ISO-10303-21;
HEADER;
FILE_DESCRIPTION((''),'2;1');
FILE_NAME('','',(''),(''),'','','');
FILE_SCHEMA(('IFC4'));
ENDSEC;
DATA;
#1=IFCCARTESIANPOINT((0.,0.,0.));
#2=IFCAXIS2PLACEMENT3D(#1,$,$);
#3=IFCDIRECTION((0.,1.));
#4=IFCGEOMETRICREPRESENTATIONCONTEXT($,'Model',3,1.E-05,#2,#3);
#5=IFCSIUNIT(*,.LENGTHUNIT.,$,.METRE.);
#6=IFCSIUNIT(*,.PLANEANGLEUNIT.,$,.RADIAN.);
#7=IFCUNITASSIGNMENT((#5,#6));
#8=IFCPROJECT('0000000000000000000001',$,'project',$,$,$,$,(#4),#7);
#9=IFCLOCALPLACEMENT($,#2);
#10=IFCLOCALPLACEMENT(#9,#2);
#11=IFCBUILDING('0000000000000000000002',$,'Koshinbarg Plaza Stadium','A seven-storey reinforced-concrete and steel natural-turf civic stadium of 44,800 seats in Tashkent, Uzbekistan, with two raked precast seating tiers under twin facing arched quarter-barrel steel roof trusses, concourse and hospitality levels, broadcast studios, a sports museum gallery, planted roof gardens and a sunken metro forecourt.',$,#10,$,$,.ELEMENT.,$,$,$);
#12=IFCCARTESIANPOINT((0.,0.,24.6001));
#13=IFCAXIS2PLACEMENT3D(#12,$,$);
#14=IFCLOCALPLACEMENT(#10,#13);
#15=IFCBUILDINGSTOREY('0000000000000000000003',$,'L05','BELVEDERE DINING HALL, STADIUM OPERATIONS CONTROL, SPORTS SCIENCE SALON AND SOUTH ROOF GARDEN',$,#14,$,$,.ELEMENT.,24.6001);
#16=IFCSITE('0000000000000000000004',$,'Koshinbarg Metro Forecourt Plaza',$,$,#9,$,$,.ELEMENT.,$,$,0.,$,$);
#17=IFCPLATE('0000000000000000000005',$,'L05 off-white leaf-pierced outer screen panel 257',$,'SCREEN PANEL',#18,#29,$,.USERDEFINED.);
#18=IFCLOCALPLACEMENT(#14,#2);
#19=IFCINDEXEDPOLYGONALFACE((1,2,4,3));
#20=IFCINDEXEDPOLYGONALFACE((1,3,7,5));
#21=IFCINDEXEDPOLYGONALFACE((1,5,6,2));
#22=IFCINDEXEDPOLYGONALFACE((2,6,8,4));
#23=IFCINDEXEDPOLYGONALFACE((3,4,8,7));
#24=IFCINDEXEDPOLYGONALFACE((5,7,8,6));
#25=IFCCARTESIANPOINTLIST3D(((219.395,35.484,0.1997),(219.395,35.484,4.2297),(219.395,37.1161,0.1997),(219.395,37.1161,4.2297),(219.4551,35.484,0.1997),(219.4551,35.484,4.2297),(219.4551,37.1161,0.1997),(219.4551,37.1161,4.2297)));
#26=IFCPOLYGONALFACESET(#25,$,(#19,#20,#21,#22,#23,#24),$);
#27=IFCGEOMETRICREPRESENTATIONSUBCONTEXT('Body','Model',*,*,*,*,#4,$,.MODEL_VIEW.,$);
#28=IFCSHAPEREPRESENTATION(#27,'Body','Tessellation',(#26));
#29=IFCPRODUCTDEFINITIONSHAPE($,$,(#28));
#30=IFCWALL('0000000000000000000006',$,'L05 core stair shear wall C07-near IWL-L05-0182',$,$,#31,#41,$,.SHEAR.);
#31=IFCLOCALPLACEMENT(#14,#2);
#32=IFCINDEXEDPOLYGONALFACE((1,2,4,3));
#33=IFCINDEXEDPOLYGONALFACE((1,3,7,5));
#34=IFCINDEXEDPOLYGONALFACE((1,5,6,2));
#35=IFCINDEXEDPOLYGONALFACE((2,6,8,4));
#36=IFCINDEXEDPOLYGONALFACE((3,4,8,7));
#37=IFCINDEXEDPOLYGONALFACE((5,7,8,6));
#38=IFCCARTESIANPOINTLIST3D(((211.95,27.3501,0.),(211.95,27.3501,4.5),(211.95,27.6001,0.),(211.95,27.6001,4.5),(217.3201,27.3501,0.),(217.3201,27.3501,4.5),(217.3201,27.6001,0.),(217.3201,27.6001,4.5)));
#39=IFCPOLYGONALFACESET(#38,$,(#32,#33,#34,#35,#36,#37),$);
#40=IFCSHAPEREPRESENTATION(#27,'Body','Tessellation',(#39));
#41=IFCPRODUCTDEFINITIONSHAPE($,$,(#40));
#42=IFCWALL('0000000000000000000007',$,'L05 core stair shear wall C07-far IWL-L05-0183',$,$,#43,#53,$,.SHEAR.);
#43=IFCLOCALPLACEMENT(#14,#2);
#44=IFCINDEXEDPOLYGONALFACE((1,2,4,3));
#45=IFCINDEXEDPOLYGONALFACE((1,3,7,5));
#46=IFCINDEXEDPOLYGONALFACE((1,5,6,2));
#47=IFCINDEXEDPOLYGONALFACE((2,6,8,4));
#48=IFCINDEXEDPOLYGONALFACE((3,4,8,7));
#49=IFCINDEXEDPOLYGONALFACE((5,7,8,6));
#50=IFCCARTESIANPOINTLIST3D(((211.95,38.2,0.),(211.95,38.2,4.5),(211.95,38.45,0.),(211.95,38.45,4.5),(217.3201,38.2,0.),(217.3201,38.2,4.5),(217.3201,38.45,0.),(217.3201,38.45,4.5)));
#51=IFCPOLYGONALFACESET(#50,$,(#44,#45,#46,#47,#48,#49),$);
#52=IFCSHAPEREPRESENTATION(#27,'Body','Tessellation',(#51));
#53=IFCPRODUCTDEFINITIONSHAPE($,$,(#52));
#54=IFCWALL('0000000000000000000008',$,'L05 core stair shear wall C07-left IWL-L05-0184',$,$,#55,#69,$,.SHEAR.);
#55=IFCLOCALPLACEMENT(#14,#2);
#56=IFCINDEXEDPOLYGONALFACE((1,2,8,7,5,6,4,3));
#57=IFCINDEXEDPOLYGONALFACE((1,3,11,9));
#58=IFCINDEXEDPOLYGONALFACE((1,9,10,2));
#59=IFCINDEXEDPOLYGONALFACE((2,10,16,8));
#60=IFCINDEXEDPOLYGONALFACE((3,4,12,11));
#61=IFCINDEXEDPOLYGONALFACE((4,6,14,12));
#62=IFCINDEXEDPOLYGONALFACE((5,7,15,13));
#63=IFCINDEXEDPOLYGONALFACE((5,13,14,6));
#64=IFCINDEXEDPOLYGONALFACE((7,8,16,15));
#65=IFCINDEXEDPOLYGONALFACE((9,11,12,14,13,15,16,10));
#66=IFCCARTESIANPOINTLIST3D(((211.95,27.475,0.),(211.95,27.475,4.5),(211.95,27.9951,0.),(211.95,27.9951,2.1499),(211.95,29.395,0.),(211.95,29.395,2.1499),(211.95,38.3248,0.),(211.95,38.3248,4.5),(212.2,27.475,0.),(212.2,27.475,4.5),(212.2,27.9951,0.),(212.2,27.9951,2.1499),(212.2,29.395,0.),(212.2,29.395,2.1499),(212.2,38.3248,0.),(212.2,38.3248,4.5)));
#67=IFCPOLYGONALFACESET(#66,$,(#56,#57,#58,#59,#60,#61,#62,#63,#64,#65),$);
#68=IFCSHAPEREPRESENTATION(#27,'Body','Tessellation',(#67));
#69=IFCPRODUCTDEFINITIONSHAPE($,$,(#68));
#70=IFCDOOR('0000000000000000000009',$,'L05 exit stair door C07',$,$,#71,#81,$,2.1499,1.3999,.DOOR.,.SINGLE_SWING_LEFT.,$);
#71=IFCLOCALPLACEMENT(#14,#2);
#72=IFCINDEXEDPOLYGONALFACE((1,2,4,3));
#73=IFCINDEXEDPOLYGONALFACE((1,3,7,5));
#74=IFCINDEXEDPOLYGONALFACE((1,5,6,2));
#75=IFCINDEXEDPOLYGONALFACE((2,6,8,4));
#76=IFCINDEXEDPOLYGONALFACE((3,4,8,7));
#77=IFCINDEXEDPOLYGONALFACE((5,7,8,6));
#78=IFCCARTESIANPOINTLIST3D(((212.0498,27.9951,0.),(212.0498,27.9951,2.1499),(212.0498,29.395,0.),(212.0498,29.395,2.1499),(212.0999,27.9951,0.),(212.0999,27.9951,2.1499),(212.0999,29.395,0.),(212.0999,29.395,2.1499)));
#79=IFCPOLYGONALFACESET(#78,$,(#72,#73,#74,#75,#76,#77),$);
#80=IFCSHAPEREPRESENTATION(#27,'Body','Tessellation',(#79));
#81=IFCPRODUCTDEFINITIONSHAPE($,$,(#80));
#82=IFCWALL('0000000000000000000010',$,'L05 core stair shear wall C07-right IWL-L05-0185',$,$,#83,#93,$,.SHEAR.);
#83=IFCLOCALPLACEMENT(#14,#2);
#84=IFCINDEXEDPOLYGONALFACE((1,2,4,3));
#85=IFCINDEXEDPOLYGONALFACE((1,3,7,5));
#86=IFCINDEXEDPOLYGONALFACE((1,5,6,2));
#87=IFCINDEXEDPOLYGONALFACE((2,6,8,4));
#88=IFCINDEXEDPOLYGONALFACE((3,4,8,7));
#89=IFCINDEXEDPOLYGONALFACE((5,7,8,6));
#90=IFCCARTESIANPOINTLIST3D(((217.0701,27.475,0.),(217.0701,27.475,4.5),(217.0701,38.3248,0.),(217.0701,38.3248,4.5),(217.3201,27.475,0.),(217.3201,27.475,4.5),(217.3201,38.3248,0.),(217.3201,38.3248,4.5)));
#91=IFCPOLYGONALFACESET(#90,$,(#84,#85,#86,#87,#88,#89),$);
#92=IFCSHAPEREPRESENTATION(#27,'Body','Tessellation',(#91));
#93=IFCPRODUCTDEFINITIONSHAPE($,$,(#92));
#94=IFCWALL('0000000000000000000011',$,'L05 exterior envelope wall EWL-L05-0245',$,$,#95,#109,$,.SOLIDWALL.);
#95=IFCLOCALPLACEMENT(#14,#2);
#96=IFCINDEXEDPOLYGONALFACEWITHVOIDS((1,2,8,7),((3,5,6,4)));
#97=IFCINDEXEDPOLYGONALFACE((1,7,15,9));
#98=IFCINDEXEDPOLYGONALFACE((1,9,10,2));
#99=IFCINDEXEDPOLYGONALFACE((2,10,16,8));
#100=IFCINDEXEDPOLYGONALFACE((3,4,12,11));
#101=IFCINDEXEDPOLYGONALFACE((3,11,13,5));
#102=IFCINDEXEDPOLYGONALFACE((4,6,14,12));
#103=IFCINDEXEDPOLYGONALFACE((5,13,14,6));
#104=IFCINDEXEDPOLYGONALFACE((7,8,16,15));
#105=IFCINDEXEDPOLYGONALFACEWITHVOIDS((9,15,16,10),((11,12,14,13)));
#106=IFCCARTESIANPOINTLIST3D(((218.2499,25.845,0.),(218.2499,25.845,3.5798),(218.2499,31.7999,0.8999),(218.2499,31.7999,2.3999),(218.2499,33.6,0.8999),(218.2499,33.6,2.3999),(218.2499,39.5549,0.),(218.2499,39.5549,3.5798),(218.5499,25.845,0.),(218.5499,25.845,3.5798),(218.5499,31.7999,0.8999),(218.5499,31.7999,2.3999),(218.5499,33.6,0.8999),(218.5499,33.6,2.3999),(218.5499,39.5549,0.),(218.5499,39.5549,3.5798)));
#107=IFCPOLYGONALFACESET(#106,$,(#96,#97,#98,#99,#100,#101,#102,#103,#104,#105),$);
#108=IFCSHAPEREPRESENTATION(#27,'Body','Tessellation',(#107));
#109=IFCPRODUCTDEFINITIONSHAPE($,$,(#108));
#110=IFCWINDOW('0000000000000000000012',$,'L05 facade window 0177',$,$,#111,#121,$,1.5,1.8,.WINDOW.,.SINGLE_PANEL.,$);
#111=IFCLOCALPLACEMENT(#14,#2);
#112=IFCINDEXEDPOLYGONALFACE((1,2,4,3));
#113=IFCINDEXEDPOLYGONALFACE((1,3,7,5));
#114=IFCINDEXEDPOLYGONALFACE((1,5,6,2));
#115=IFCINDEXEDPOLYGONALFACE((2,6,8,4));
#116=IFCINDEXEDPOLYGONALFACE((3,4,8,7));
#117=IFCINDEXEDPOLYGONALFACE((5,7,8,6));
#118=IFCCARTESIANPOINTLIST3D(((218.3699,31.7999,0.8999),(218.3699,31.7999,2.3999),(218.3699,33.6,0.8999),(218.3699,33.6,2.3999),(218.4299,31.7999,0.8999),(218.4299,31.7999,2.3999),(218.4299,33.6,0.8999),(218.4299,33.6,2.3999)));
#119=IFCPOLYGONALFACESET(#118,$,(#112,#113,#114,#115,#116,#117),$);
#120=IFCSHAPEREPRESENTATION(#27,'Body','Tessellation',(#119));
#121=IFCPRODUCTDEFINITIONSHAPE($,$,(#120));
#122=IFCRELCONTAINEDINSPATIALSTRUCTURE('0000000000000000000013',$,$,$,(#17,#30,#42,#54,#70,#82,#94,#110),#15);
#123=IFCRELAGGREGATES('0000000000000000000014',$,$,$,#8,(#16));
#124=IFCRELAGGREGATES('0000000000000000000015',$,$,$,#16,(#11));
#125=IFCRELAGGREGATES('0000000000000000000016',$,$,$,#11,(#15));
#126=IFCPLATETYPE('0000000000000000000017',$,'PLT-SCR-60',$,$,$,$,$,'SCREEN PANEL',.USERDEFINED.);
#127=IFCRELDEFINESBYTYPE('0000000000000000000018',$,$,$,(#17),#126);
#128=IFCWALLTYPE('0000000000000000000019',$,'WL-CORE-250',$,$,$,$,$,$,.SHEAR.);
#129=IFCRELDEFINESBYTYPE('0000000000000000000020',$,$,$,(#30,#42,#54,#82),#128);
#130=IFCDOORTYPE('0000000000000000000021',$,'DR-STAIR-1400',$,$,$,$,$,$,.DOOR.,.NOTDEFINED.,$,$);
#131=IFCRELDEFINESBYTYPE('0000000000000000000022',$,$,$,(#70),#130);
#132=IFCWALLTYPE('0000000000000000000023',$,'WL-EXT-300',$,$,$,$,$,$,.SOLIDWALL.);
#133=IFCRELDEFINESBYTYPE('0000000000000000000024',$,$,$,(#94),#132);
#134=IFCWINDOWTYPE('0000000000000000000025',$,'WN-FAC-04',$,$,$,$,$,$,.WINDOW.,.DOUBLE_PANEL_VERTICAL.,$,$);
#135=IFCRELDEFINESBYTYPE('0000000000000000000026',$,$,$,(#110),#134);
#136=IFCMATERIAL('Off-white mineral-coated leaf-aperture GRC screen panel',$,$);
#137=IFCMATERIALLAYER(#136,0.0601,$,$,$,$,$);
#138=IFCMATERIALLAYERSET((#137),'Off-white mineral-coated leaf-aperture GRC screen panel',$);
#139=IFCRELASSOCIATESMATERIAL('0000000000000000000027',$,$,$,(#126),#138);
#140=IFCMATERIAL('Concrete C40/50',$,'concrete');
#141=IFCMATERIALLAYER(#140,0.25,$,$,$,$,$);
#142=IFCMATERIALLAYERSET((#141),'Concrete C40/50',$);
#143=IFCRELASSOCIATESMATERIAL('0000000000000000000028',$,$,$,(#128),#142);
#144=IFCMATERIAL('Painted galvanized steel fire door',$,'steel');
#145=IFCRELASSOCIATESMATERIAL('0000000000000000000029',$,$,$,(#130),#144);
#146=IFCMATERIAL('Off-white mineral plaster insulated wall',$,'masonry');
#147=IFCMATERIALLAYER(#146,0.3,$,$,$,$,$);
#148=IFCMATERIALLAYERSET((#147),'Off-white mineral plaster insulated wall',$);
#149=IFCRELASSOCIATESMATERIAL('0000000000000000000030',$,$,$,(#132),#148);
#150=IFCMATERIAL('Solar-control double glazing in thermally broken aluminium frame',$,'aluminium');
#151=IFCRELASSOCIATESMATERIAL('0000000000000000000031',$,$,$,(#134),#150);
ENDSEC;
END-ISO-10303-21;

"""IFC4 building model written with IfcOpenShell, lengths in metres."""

from ifc_helpers import new_model, si_unit, direction, frame, frame_2d, origin, origin_2d, place, context, subcontext, project, spatial, rectangle, extrude, material, layer, layer_set, type_object, element, fill, save


model = new_model("IFC4")

# Units and contexts
model_context = context("Model", 3, precision=1e-05, world=origin(), true_north=direction((0.0, 1.0)))
body_context = subcontext(model_context, "Body", "Model", "MODEL_VIEW")
ifc_project = project(units=[si_unit("LENGTHUNIT", "METRE"), si_unit("PLANEANGLEUNIT", "RADIAN")], contexts=[model_context])

# Site, building, storey
site_placement = place(None, origin())
site = spatial("IfcSite", under=ifc_project, at=site_placement, Name="Koshinbarg Metro Forecourt Plaza", CompositionType="ELEMENT", RefElevation=0.0)
building_placement = place(site_placement, origin())
building = spatial("IfcBuilding", under=site, at=building_placement, Name="Koshinbarg Plaza Stadium", Description="A seven-storey reinforced-concrete and steel natural-turf civic stadium of 44,800 seats in Tashkent, Uzbekistan, with two raked precast seating tiers under twin facing arched quarter-barrel steel roof trusses, concourse and hospitality levels, broadcast studios, a sports museum gallery, planted roof gardens and a sunken metro forecourt.", CompositionType="ELEMENT")
storey_placement = place(building_placement, frame((0.0, 0.0, 24.6001)))
storey = spatial("IfcBuildingStorey", under=building, at=storey_placement, Name="L05", Description="BELVEDERE DINING HALL, STADIUM OPERATIONS CONTROL, SPORTS SCIENCE SALON AND SOUTH ROOF GARDEN", CompositionType="ELEMENT", Elevation=24.6001)

# Shared definitions
ifc_material_1 = material(Name="Concrete C40/50", Category="concrete")

# Plate
ifc_material_2 = material(Name="Off-white mineral-coated leaf-aperture GRC screen panel")
ifc_layer_1 = layer(ifc_material_2, 0.0601)
ifc_layer_set_1 = layer_set([ifc_layer_1], Name="Off-white mineral-coated leaf-aperture GRC screen panel")
plate_type_1 = type_object("IfcPlateType", Name="PLT-SCR-60", ElementType="SCREEN PANEL", PredefinedType="USERDEFINED", material=ifc_layer_set_1)
for number, where, z_axis, x_axis, name in (
    (1, (219.425, 36.3, 0.1997), (0.0, 0.0, 1.0), (1.0, 0.0, 0.0), "L05 off-white leaf-pierced outer screen panel 257"),
):
    element("IfcPlate", number, at=place(storey_placement, frame(where, z_axis=z_axis, x_axis=x_axis)), inside=storey, type_object=plate_type_1, Name=name, ObjectType="SCREEN PANEL", PredefinedType="USERDEFINED", context=body_context, shape_type="SweptSolid", body=[
        extrude(rectangle(XDim=0.0601, YDim=1.6321, at=origin_2d()), origin(), (0.0, 0.0, 1.0), 4.03),
    ])

# Walls
ifc_layer_2 = layer(ifc_material_1, 0.25)
ifc_layer_set_2 = layer_set([ifc_layer_2], Name="Concrete C40/50")
wall_type_1 = type_object("IfcWallType", Name="WL-CORE-250", PredefinedType="SHEAR", material=ifc_layer_set_2)
for number, where, z_axis, x_axis, name in (
    (2, (211.95, 27.4751, 0.0), (0.0, 0.0, 1.0), (1.0, 0.0, 0.0), "L05 core stair shear wall C07-near IWL-L05-0182"),
    (3, (217.3201, 38.325, 0.0), (0.0, 0.0, 1.0), (-1.0, 0.0, 0.0), "L05 core stair shear wall C07-far IWL-L05-0183"),
):
    element("IfcWall", number, at=place(storey_placement, frame(where, z_axis=z_axis, x_axis=x_axis)), inside=storey, type_object=wall_type_1, Name=name, PredefinedType="SHEAR", context=body_context, shape_type="SweptSolid", body=[
        extrude(rectangle(XDim=5.3701, YDim=0.25, at=frame_2d((2.6851, 0.0))), origin(), (0.0, 0.0, 1.0), 4.5),
    ])

# Wall, opening, door
wall_1_placement = place(storey_placement, frame((212.075, 27.4751, 0.0), z_axis=(0.0, 0.0, 1.0), x_axis=(0.0, 1.0, 0.0)))
wall_1 = element("IfcWall", 4, at=wall_1_placement, inside=storey, type_object=wall_type_1, Name="L05 core stair shear wall C07-left IWL-L05-0184", PredefinedType="SHEAR", context=body_context, shape_type="SweptSolid", body=[
    extrude(rectangle(XDim=10.8499, YDim=0.25, at=frame_2d((5.4248, 0.0))), origin(), (0.0, 0.0, 1.0), 4.5),
])
opening_1_placement = place(wall_1_placement, frame((0.52, 0.0, 0.0)))
opening_1 = element("IfcOpeningElement", 5, at=opening_1_placement, cuts=wall_1, PredefinedType="OPENING", context=body_context, shape_type="SweptSolid", body=[
    extrude(rectangle(XDim=1.3999, YDim=2.1499, at=frame_2d((0.7, 1.075))), frame((0.0, 0.135, 0.0), z_axis=(0.0, -1.0, 0.0), x_axis=(1.0, 0.0, 0.0)), (0.0, 0.0, 1.0), 0.27),
])
ifc_material_3 = material(Name="Painted galvanized steel fire door", Category="steel")
door_type = type_object("IfcDoorType", Name="DR-STAIR-1400", OperationType="NOTDEFINED", PredefinedType="DOOR", material=ifc_material_3)
door_placement = place(opening_1_placement, frame((1.3999, 0.0, 0.0), z_axis=(0.0, 0.0, 1.0), x_axis=(-1.0, 0.0, 0.0)))
door = element("IfcDoor", 6, at=door_placement, inside=storey, type_object=door_type, Name="L05 exit stair door C07", OperationType="SINGLE_SWING_LEFT", OverallHeight=2.1499, OverallWidth=1.3999, PredefinedType="DOOR", context=body_context, shape_type="SweptSolid", body=[
    extrude(rectangle(XDim=1.3999, YDim=2.1499, at=frame_2d((0.7, 1.075))), frame((0.0, 0.0249, 0.0), z_axis=(0.0, -1.0, 0.0), x_axis=(1.0, 0.0, 0.0)), (0.0, 0.0, 1.0), 0.05),
])
fill(opening_1, door)

# Wall
wall_2_placement = place(storey_placement, frame((217.1951, 27.4751, 0.0), z_axis=(0.0, 0.0, 1.0), x_axis=(0.0, 1.0, 0.0)))
element("IfcWall", 7, at=wall_2_placement, inside=storey, type_object=wall_type_1, Name="L05 core stair shear wall C07-right IWL-L05-0185", PredefinedType="SHEAR", context=body_context, shape_type="SweptSolid", body=[
    extrude(rectangle(XDim=10.8499, YDim=0.25, at=frame_2d((5.4248, 0.0))), origin(), (0.0, 0.0, 1.0), 4.5),
])

# Wall, opening, window
ifc_material_4 = material(Name="Off-white mineral plaster insulated wall", Category="masonry")
ifc_layer_3 = layer(ifc_material_4, 0.3)
ifc_layer_set_3 = layer_set([ifc_layer_3], Name="Off-white mineral plaster insulated wall")
wall_type_2 = type_object("IfcWallType", Name="WL-EXT-300", PredefinedType="SOLIDWALL", material=ifc_layer_set_3)
wall_3_placement = place(storey_placement, frame((218.3999, 39.5549, 0.0), z_axis=(0.0, 0.0, 1.0), x_axis=(0.0, -1.0, 0.0)))
wall_3 = element("IfcWall", 8, at=wall_3_placement, inside=storey, type_object=wall_type_2, Name="L05 exterior envelope wall EWL-L05-0245", PredefinedType="SOLIDWALL", context=body_context, shape_type="SweptSolid", body=[
    extrude(rectangle(XDim=13.71, YDim=0.3, at=frame_2d((6.855, 0.0))), origin(), (0.0, 0.0, 1.0), 3.5798),
])
opening_2_placement = place(wall_3_placement, frame((5.9551, 0.0, 0.8999)))
opening_2 = element("IfcOpeningElement", 9, at=opening_2_placement, cuts=wall_3, PredefinedType="OPENING", context=body_context, shape_type="SweptSolid", body=[
    extrude(rectangle(XDim=1.8, YDim=1.5, at=frame_2d((0.8999, 0.75))), frame((0.0, 0.1599, 0.0), z_axis=(0.0, -1.0, 0.0), x_axis=(1.0, 0.0, 0.0)), (0.0, 0.0, 1.0), 0.3201),
])
ifc_material_5 = material(Name="Solar-control double glazing in thermally broken aluminium frame", Category="aluminium")
window_type = type_object("IfcWindowType", Name="WN-FAC-04", PartitioningType="DOUBLE_PANEL_VERTICAL", PredefinedType="WINDOW", material=ifc_material_5)
window_placement = place(opening_2_placement, origin())
window = element("IfcWindow", 10, at=window_placement, inside=storey, type_object=window_type, Name="L05 facade window 0177", OverallHeight=1.5, OverallWidth=1.8, PartitioningType="SINGLE_PANEL", PredefinedType="WINDOW", context=body_context, shape_type="SweptSolid", body=[
    extrude(rectangle(XDim=1.8, YDim=1.5, at=frame_2d((0.8999, 0.75))), frame((0.0, 0.03, 0.0), z_axis=(0.0, -1.0, 0.0), x_axis=(1.0, 0.0, 0.0)), (0.0, 0.0, 1.0), 0.0601),
])
fill(opening_2, window)

save(model, "model.ifc")
